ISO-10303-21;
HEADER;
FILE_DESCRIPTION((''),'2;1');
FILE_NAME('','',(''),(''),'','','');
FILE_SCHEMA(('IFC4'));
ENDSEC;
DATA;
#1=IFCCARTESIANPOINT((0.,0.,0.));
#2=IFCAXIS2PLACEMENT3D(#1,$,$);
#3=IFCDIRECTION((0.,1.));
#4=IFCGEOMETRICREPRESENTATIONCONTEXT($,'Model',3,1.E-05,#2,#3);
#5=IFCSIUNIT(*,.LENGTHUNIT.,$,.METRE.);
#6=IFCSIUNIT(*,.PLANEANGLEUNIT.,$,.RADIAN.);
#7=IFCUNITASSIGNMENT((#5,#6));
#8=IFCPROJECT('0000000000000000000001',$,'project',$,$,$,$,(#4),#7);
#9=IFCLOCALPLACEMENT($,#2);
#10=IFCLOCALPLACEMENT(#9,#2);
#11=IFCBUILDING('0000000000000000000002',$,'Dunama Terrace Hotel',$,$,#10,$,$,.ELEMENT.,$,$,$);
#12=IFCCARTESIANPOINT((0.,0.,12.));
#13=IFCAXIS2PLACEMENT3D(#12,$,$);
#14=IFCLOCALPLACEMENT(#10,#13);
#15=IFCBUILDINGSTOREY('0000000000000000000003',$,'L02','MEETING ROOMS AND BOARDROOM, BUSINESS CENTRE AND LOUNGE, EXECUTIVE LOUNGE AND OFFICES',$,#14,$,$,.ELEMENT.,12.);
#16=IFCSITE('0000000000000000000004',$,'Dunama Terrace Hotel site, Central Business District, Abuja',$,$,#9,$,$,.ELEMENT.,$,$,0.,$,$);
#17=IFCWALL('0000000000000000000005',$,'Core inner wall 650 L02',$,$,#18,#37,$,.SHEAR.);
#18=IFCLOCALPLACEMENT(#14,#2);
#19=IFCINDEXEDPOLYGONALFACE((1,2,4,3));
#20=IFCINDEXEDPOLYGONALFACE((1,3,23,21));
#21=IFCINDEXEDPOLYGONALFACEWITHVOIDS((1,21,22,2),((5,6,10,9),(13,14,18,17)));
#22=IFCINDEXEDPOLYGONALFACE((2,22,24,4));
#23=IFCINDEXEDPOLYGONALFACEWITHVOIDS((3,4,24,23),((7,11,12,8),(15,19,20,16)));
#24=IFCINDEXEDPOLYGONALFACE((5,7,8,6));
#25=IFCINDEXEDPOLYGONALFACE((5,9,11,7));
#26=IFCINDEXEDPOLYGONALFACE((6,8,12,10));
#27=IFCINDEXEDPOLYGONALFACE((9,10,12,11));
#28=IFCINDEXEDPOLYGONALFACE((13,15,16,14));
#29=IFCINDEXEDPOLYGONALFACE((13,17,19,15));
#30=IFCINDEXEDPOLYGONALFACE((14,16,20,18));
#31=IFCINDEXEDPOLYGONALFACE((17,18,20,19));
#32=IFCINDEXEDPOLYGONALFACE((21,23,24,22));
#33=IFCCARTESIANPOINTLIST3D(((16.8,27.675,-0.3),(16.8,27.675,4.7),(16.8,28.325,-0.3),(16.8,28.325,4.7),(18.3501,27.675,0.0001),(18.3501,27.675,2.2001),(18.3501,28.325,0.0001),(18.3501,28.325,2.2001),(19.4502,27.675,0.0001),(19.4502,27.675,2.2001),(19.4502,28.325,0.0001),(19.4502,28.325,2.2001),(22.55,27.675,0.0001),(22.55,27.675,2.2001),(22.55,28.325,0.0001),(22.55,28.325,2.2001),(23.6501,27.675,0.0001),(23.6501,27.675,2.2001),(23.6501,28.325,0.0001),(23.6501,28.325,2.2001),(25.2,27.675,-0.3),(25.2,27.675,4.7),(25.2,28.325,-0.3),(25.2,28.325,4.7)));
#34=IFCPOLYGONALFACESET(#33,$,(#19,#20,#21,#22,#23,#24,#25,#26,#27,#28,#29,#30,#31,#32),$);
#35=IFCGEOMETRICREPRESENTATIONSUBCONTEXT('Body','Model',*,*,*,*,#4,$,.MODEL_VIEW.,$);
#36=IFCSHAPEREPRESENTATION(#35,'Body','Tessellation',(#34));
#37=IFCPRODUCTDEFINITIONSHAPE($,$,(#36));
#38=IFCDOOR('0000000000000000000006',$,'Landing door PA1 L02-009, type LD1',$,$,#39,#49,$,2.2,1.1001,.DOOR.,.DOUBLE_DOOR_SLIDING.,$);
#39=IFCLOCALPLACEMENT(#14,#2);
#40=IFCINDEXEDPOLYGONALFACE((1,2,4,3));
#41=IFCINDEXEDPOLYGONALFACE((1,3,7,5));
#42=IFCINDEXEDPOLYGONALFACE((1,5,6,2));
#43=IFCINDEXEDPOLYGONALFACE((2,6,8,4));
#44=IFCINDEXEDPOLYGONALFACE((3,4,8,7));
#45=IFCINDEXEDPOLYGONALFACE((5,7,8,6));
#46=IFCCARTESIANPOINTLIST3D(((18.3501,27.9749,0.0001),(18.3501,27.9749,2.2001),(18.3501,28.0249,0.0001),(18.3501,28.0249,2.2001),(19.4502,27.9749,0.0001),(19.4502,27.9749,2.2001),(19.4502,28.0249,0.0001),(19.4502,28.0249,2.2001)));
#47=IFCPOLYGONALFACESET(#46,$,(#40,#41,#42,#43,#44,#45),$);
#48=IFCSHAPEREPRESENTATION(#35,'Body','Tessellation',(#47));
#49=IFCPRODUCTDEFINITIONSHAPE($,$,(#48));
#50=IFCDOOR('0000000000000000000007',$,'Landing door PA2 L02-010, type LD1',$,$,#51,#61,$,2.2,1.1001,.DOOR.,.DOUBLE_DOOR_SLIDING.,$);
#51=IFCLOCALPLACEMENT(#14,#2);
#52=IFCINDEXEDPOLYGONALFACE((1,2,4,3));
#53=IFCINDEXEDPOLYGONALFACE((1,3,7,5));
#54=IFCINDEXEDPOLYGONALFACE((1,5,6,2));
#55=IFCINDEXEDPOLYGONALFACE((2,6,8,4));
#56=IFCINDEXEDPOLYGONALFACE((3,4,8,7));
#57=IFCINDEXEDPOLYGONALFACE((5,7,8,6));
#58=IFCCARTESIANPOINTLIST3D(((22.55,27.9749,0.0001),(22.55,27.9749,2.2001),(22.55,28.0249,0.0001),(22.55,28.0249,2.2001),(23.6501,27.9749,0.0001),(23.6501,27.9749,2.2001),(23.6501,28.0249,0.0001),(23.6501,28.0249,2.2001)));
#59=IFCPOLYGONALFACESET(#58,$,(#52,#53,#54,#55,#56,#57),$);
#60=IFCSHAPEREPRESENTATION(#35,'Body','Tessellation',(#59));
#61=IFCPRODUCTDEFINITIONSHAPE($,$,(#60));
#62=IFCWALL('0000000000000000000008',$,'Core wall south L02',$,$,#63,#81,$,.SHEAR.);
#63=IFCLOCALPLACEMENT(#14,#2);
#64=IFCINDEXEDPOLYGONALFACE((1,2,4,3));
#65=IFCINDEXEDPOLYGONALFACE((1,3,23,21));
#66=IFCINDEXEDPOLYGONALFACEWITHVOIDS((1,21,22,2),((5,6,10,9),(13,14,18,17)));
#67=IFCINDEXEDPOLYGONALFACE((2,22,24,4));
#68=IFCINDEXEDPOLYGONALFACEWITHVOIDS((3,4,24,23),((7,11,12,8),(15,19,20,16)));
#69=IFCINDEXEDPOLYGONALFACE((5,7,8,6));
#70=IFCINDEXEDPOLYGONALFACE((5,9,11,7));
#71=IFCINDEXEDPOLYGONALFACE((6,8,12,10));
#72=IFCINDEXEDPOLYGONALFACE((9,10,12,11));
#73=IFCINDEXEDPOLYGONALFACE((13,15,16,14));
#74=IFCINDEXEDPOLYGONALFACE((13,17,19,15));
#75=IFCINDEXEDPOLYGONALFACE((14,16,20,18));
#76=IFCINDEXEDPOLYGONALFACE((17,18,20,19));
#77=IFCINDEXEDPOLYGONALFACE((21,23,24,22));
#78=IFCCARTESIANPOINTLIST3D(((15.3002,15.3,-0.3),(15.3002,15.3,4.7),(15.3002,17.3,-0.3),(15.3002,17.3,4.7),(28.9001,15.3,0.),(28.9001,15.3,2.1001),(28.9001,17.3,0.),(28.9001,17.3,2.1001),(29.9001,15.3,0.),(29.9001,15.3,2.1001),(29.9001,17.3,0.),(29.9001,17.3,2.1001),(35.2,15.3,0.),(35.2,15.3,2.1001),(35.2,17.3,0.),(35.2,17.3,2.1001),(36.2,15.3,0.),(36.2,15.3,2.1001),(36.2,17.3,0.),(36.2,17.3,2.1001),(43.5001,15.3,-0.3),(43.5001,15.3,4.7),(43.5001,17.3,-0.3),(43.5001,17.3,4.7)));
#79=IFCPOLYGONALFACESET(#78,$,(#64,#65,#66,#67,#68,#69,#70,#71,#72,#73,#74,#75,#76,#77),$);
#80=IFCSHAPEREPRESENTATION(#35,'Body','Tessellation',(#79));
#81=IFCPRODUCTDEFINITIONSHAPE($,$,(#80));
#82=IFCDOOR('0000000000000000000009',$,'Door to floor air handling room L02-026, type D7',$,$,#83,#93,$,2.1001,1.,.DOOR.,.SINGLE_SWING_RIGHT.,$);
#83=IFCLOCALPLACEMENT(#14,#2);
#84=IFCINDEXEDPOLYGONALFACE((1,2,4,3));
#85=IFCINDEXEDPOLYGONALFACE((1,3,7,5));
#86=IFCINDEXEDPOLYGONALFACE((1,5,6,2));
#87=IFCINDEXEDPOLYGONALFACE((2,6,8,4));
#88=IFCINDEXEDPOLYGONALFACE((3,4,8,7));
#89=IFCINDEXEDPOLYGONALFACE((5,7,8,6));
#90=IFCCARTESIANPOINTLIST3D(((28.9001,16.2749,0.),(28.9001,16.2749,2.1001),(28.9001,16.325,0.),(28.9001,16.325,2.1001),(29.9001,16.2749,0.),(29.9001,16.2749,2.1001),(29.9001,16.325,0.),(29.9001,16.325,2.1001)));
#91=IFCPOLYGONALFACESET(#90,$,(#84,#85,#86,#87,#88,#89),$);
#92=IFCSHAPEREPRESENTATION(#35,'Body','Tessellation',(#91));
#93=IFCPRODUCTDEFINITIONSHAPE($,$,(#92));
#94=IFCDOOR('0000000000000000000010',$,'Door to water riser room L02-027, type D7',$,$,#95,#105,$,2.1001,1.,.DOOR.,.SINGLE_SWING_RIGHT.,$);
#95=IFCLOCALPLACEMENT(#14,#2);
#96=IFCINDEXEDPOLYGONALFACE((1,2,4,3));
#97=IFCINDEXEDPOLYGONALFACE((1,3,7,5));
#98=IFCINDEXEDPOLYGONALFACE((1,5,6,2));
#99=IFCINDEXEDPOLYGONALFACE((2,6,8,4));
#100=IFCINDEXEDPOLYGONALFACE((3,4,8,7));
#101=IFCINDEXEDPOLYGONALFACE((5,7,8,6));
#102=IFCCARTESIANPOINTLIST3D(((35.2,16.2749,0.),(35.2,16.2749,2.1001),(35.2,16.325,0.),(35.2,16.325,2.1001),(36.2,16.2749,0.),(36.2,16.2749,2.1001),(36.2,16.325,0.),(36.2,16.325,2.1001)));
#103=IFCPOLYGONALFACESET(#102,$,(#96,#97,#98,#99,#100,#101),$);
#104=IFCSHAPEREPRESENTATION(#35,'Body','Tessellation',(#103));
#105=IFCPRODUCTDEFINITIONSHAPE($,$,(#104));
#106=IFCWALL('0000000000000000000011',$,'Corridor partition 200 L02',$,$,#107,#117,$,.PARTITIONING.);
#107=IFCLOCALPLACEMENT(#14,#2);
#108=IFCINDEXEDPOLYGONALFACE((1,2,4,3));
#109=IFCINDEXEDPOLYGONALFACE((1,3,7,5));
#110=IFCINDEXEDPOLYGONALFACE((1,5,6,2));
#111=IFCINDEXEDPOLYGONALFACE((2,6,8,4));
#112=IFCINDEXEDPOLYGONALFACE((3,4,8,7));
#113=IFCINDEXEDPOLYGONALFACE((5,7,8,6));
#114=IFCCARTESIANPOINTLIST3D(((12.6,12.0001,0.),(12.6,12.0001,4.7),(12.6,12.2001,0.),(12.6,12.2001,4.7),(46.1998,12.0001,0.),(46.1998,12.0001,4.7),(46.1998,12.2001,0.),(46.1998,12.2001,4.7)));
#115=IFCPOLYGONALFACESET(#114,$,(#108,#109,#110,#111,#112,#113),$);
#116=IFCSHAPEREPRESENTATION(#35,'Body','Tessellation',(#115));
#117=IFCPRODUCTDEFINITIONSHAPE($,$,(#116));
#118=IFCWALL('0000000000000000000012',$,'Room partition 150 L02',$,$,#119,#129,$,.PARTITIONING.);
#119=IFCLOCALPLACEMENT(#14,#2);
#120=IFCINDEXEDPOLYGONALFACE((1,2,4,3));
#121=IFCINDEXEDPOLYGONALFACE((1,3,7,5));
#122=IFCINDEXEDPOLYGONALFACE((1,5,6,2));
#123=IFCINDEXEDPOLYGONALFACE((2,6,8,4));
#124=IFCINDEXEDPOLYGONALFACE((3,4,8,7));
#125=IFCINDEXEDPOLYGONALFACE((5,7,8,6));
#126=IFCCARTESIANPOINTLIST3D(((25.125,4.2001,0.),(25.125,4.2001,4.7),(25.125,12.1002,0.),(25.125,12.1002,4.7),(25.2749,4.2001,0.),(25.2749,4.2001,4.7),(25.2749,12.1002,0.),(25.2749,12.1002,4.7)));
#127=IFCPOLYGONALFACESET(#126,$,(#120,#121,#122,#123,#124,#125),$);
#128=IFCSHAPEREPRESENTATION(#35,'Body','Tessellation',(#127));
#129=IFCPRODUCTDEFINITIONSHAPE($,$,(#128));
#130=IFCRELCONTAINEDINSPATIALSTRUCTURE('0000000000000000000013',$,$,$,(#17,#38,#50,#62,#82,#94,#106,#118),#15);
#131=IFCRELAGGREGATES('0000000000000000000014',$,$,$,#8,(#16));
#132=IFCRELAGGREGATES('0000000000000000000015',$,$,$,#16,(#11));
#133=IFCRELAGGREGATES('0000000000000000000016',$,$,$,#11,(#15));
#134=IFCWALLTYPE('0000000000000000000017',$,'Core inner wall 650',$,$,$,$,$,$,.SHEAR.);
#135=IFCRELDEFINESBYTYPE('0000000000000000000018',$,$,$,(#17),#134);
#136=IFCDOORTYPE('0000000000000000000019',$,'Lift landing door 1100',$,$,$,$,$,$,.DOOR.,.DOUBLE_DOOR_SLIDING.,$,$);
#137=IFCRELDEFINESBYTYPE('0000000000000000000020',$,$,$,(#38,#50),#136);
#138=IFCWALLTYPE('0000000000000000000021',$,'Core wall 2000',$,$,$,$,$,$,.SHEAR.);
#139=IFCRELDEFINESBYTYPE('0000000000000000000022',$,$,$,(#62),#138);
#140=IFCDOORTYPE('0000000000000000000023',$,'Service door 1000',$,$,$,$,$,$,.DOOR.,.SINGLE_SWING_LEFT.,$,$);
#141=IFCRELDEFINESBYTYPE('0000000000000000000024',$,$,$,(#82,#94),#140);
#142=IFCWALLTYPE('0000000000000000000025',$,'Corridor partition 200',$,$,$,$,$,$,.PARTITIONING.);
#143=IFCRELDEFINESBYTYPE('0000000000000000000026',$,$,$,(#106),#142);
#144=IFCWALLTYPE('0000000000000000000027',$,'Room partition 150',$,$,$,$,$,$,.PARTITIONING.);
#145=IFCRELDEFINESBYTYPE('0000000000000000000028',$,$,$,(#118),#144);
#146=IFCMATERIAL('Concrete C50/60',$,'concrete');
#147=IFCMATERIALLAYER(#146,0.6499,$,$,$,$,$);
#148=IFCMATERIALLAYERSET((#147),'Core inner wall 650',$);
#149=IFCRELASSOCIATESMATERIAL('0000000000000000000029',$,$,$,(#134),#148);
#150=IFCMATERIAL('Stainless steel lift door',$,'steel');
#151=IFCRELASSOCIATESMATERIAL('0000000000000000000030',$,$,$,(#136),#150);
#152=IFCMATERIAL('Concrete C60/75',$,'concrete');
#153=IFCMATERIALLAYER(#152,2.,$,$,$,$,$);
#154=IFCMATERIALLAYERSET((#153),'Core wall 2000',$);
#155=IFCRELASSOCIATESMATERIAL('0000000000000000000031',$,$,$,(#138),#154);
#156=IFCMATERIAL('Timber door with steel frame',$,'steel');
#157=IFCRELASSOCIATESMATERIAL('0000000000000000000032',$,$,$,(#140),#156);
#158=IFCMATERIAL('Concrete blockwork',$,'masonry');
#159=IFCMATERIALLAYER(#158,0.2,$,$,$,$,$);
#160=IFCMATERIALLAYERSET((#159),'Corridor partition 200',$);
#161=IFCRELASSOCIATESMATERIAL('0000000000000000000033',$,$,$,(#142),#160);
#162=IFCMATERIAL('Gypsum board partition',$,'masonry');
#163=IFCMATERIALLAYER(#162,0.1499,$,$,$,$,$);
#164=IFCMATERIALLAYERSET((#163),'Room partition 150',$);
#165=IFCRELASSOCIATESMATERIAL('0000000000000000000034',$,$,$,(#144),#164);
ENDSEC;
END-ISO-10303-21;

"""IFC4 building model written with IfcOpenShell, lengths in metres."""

from ifc_helpers import new_model, si_unit, direction, frame, frame_2d, origin, place, context, subcontext, project, spatial, rectangle, extrude, material, layer, layer_set, type_object, element, fill, save


model = new_model("IFC4")

# Units and contexts
model_context = context("Model", 3, precision=1e-05, world=origin(), true_north=direction((0.0, 1.0)))
body_context = subcontext(model_context, "Body", "Model", "MODEL_VIEW")
ifc_project = project(units=[si_unit("LENGTHUNIT", "METRE"), si_unit("PLANEANGLEUNIT", "RADIAN")], contexts=[model_context])

# Site, building, storey
site_placement = place(None, origin())
site = spatial("IfcSite", under=ifc_project, at=site_placement, Name="Dunama Terrace Hotel site, Central Business District, Abuja", CompositionType="ELEMENT", RefElevation=0.0)
building_placement = place(site_placement, origin())
building = spatial("IfcBuilding", under=site, at=building_placement, Name="Dunama Terrace Hotel", CompositionType="ELEMENT")
storey_placement = place(building_placement, frame((0.0, 0.0, 12.0)))
storey = spatial("IfcBuildingStorey", under=building, at=storey_placement, Name="L02", Description="MEETING ROOMS AND BOARDROOM, BUSINESS CENTRE AND LOUNGE, EXECUTIVE LOUNGE AND OFFICES", CompositionType="ELEMENT", Elevation=12.0)

# Walls, openings, doors
ifc_material_1 = material(Name="Concrete C50/60", Category="concrete")
ifc_layer_1 = layer(ifc_material_1, 0.6499)
ifc_layer_set_1 = layer_set([ifc_layer_1], Name="Core inner wall 650")
wall_type_1 = type_object("IfcWallType", Name="Core inner wall 650", PredefinedType="SHEAR", material=ifc_layer_set_1)
wall_1_placement = place(storey_placement, frame((16.8, 28.0, -0.3), z_axis=(0.0, 0.0, 1.0), x_axis=(1.0, 0.0, 0.0)))
wall_1 = element("IfcWall", 1, at=wall_1_placement, inside=storey, type_object=wall_type_1, Name="Core inner wall 650 L02", PredefinedType="SHEAR", context=body_context, shape_type="SweptSolid", body=[
    extrude(rectangle(XDim=8.3999, YDim=0.6499, at=frame_2d((4.2, 0.0))), origin(), (0.0, 0.0, 1.0), 5.0),
])
opening_1_placement = place(wall_1_placement, frame((1.55, 0.0, 0.3)))
opening_1 = element("IfcOpeningElement", 2, at=opening_1_placement, cuts=wall_1, PredefinedType="OPENING", context=body_context, shape_type="SweptSolid", body=[
    extrude(rectangle(XDim=1.1001, YDim=2.2, at=frame_2d((0.55, 1.1001))), frame((0.0, 0.335, 0.0), z_axis=(0.0, -1.0, 0.0), x_axis=(1.0, 0.0, 0.0)), (0.0, 0.0, 1.0), 0.6699),
])
opening_2_placement = place(wall_1_placement, frame((5.75, 0.0, 0.3)))
opening_2 = element("IfcOpeningElement", 3, at=opening_2_placement, cuts=wall_1, PredefinedType="OPENING", context=body_context, shape_type="SweptSolid", body=[
    extrude(rectangle(XDim=1.1001, YDim=2.2, at=frame_2d((0.55, 1.1001))), frame((0.0, 0.335, 0.0), z_axis=(0.0, -1.0, 0.0), x_axis=(1.0, 0.0, 0.0)), (0.0, 0.0, 1.0), 0.6699),
])
ifc_material_2 = material(Name="Stainless steel lift door", Category="steel")
door_type_1 = type_object("IfcDoorType", Name="Lift landing door 1100", OperationType="DOUBLE_DOOR_SLIDING", PredefinedType="DOOR", material=ifc_material_2)
door_1_placement = place(opening_1_placement, origin())
door_1 = element("IfcDoor", 4, at=door_1_placement, inside=storey, type_object=door_type_1, Name="Landing door PA1 L02-009, type LD1", OperationType="DOUBLE_DOOR_SLIDING", OverallHeight=2.2, OverallWidth=1.1001, PredefinedType="DOOR", context=body_context, shape_type="SweptSolid", body=[
    extrude(rectangle(XDim=1.1001, YDim=2.2, at=frame_2d((0.55, 1.1001))), frame((0.0, 0.0249, 0.0), z_axis=(0.0, -1.0, 0.0), x_axis=(1.0, 0.0, 0.0)), (0.0, 0.0, 1.0), 0.05),
])
fill(opening_1, door_1)
door_2_placement = place(opening_2_placement, origin())
door_2 = element("IfcDoor", 5, at=door_2_placement, inside=storey, type_object=door_type_1, Name="Landing door PA2 L02-010, type LD1", OperationType="DOUBLE_DOOR_SLIDING", OverallHeight=2.2, OverallWidth=1.1001, PredefinedType="DOOR", context=body_context, shape_type="SweptSolid", body=[
    extrude(rectangle(XDim=1.1001, YDim=2.2, at=frame_2d((0.55, 1.1001))), frame((0.0, 0.0249, 0.0), z_axis=(0.0, -1.0, 0.0), x_axis=(1.0, 0.0, 0.0)), (0.0, 0.0, 1.0), 0.05),
])
fill(opening_2, door_2)
ifc_material_3 = material(Name="Concrete C60/75", Category="concrete")
ifc_layer_2 = layer(ifc_material_3, 2.0)
ifc_layer_set_2 = layer_set([ifc_layer_2], Name="Core wall 2000")
wall_type_2 = type_object("IfcWallType", Name="Core wall 2000", PredefinedType="SHEAR", material=ifc_layer_set_2)
wall_2_placement = place(storey_placement, frame((15.3, 16.3, -0.3), z_axis=(0.0, 0.0, 1.0), x_axis=(1.0, 0.0, 0.0)))
wall_2 = element("IfcWall", 6, at=wall_2_placement, inside=storey, type_object=wall_type_2, Name="Core wall south L02", PredefinedType="SHEAR", context=body_context, shape_type="SweptSolid", body=[
    extrude(rectangle(XDim=28.2, YDim=2.0, at=frame_2d((14.1001, 0.0))), origin(), (0.0, 0.0, 1.0), 5.0),
])
opening_3_placement = place(wall_2_placement, frame((13.6001, 0.0, 0.3)))
opening_3 = element("IfcOpeningElement", 7, at=opening_3_placement, cuts=wall_2, PredefinedType="OPENING", context=body_context, shape_type="SweptSolid", body=[
    extrude(rectangle(XDim=1.0, YDim=2.1001, at=frame_2d((0.5, 1.05))), frame((0.0, 1.01, 0.0), z_axis=(0.0, -1.0, 0.0), x_axis=(1.0, 0.0, 0.0)), (0.0, 0.0, 1.0), 2.02),
])
opening_4_placement = place(wall_2_placement, frame((19.8999, 0.0, 0.3)))
opening_4 = element("IfcOpeningElement", 8, at=opening_4_placement, cuts=wall_2, PredefinedType="OPENING", context=body_context, shape_type="SweptSolid", body=[
    extrude(rectangle(XDim=1.0, YDim=2.1001, at=frame_2d((0.5, 1.05))), frame((0.0, 1.01, 0.0), z_axis=(0.0, -1.0, 0.0), x_axis=(1.0, 0.0, 0.0)), (0.0, 0.0, 1.0), 2.02),
])
ifc_material_4 = material(Name="Timber door with steel frame", Category="steel")
door_type_2 = type_object("IfcDoorType", Name="Service door 1000", OperationType="SINGLE_SWING_LEFT", PredefinedType="DOOR", material=ifc_material_4)
door_3_placement = place(opening_3_placement, origin())
door_3 = element("IfcDoor", 9, at=door_3_placement, inside=storey, type_object=door_type_2, Name="Door to floor air handling room L02-026, type D7", OperationType="SINGLE_SWING_RIGHT", OverallHeight=2.1001, OverallWidth=1.0, PredefinedType="DOOR", context=body_context, shape_type="SweptSolid", body=[
    extrude(rectangle(XDim=1.0, YDim=2.1001, at=frame_2d((0.5, 1.05))), frame((0.0, 0.0249, 0.0), z_axis=(0.0, -1.0, 0.0), x_axis=(1.0, 0.0, 0.0)), (0.0, 0.0, 1.0), 0.05),
])
fill(opening_3, door_3)
door_4_placement = place(opening_4_placement, origin())
door_4 = element("IfcDoor", 10, at=door_4_placement, inside=storey, type_object=door_type_2, Name="Door to water riser room L02-027, type D7", OperationType="SINGLE_SWING_RIGHT", OverallHeight=2.1001, OverallWidth=1.0, PredefinedType="DOOR", context=body_context, shape_type="SweptSolid", body=[
    extrude(rectangle(XDim=1.0, YDim=2.1001, at=frame_2d((0.5, 1.05))), frame((0.0, 0.0249, 0.0), z_axis=(0.0, -1.0, 0.0), x_axis=(1.0, 0.0, 0.0)), (0.0, 0.0, 1.0), 0.05),
])
fill(opening_4, door_4)

# Walls
ifc_material_5 = material(Name="Concrete blockwork", Category="masonry")
ifc_layer_3 = layer(ifc_material_5, 0.2)
ifc_layer_set_3 = layer_set([ifc_layer_3], Name="Corridor partition 200")
wall_type_3 = type_object("IfcWallType", Name="Corridor partition 200", PredefinedType="PARTITIONING", material=ifc_layer_set_3)
wall_3_placement = place(storey_placement, frame((12.6001, 12.1001, 0.0), z_axis=(0.0, 0.0, 1.0), x_axis=(1.0, 0.0, 0.0)))
element("IfcWall", 11, at=wall_3_placement, inside=storey, type_object=wall_type_3, Name="Corridor partition 200 L02", PredefinedType="PARTITIONING", context=body_context, shape_type="SweptSolid", body=[
    extrude(rectangle(XDim=33.5999, YDim=0.2, at=frame_2d((16.7998, 0.0))), origin(), (0.0, 0.0, 1.0), 4.7),
])
ifc_material_6 = material(Name="Gypsum board partition", Category="masonry")
ifc_layer_4 = layer(ifc_material_6, 0.1499)
ifc_layer_set_4 = layer_set([ifc_layer_4], Name="Room partition 150")
wall_type_4 = type_object("IfcWallType", Name="Room partition 150", PredefinedType="PARTITIONING", material=ifc_layer_set_4)
wall_4_placement = place(storey_placement, frame((25.2, 4.2, 0.0), z_axis=(0.0, 0.0, 1.0), x_axis=(0.0, 1.0, 0.0)))
element("IfcWall", 12, at=wall_4_placement, inside=storey, type_object=wall_type_4, Name="Room partition 150 L02", PredefinedType="PARTITIONING", context=body_context, shape_type="SweptSolid", body=[
    extrude(rectangle(XDim=7.9001, YDim=0.1499, at=frame_2d((3.9502, 0.0))), origin(), (0.0, 0.0, 1.0), 4.7),
])

save(model, "model.ifc")
